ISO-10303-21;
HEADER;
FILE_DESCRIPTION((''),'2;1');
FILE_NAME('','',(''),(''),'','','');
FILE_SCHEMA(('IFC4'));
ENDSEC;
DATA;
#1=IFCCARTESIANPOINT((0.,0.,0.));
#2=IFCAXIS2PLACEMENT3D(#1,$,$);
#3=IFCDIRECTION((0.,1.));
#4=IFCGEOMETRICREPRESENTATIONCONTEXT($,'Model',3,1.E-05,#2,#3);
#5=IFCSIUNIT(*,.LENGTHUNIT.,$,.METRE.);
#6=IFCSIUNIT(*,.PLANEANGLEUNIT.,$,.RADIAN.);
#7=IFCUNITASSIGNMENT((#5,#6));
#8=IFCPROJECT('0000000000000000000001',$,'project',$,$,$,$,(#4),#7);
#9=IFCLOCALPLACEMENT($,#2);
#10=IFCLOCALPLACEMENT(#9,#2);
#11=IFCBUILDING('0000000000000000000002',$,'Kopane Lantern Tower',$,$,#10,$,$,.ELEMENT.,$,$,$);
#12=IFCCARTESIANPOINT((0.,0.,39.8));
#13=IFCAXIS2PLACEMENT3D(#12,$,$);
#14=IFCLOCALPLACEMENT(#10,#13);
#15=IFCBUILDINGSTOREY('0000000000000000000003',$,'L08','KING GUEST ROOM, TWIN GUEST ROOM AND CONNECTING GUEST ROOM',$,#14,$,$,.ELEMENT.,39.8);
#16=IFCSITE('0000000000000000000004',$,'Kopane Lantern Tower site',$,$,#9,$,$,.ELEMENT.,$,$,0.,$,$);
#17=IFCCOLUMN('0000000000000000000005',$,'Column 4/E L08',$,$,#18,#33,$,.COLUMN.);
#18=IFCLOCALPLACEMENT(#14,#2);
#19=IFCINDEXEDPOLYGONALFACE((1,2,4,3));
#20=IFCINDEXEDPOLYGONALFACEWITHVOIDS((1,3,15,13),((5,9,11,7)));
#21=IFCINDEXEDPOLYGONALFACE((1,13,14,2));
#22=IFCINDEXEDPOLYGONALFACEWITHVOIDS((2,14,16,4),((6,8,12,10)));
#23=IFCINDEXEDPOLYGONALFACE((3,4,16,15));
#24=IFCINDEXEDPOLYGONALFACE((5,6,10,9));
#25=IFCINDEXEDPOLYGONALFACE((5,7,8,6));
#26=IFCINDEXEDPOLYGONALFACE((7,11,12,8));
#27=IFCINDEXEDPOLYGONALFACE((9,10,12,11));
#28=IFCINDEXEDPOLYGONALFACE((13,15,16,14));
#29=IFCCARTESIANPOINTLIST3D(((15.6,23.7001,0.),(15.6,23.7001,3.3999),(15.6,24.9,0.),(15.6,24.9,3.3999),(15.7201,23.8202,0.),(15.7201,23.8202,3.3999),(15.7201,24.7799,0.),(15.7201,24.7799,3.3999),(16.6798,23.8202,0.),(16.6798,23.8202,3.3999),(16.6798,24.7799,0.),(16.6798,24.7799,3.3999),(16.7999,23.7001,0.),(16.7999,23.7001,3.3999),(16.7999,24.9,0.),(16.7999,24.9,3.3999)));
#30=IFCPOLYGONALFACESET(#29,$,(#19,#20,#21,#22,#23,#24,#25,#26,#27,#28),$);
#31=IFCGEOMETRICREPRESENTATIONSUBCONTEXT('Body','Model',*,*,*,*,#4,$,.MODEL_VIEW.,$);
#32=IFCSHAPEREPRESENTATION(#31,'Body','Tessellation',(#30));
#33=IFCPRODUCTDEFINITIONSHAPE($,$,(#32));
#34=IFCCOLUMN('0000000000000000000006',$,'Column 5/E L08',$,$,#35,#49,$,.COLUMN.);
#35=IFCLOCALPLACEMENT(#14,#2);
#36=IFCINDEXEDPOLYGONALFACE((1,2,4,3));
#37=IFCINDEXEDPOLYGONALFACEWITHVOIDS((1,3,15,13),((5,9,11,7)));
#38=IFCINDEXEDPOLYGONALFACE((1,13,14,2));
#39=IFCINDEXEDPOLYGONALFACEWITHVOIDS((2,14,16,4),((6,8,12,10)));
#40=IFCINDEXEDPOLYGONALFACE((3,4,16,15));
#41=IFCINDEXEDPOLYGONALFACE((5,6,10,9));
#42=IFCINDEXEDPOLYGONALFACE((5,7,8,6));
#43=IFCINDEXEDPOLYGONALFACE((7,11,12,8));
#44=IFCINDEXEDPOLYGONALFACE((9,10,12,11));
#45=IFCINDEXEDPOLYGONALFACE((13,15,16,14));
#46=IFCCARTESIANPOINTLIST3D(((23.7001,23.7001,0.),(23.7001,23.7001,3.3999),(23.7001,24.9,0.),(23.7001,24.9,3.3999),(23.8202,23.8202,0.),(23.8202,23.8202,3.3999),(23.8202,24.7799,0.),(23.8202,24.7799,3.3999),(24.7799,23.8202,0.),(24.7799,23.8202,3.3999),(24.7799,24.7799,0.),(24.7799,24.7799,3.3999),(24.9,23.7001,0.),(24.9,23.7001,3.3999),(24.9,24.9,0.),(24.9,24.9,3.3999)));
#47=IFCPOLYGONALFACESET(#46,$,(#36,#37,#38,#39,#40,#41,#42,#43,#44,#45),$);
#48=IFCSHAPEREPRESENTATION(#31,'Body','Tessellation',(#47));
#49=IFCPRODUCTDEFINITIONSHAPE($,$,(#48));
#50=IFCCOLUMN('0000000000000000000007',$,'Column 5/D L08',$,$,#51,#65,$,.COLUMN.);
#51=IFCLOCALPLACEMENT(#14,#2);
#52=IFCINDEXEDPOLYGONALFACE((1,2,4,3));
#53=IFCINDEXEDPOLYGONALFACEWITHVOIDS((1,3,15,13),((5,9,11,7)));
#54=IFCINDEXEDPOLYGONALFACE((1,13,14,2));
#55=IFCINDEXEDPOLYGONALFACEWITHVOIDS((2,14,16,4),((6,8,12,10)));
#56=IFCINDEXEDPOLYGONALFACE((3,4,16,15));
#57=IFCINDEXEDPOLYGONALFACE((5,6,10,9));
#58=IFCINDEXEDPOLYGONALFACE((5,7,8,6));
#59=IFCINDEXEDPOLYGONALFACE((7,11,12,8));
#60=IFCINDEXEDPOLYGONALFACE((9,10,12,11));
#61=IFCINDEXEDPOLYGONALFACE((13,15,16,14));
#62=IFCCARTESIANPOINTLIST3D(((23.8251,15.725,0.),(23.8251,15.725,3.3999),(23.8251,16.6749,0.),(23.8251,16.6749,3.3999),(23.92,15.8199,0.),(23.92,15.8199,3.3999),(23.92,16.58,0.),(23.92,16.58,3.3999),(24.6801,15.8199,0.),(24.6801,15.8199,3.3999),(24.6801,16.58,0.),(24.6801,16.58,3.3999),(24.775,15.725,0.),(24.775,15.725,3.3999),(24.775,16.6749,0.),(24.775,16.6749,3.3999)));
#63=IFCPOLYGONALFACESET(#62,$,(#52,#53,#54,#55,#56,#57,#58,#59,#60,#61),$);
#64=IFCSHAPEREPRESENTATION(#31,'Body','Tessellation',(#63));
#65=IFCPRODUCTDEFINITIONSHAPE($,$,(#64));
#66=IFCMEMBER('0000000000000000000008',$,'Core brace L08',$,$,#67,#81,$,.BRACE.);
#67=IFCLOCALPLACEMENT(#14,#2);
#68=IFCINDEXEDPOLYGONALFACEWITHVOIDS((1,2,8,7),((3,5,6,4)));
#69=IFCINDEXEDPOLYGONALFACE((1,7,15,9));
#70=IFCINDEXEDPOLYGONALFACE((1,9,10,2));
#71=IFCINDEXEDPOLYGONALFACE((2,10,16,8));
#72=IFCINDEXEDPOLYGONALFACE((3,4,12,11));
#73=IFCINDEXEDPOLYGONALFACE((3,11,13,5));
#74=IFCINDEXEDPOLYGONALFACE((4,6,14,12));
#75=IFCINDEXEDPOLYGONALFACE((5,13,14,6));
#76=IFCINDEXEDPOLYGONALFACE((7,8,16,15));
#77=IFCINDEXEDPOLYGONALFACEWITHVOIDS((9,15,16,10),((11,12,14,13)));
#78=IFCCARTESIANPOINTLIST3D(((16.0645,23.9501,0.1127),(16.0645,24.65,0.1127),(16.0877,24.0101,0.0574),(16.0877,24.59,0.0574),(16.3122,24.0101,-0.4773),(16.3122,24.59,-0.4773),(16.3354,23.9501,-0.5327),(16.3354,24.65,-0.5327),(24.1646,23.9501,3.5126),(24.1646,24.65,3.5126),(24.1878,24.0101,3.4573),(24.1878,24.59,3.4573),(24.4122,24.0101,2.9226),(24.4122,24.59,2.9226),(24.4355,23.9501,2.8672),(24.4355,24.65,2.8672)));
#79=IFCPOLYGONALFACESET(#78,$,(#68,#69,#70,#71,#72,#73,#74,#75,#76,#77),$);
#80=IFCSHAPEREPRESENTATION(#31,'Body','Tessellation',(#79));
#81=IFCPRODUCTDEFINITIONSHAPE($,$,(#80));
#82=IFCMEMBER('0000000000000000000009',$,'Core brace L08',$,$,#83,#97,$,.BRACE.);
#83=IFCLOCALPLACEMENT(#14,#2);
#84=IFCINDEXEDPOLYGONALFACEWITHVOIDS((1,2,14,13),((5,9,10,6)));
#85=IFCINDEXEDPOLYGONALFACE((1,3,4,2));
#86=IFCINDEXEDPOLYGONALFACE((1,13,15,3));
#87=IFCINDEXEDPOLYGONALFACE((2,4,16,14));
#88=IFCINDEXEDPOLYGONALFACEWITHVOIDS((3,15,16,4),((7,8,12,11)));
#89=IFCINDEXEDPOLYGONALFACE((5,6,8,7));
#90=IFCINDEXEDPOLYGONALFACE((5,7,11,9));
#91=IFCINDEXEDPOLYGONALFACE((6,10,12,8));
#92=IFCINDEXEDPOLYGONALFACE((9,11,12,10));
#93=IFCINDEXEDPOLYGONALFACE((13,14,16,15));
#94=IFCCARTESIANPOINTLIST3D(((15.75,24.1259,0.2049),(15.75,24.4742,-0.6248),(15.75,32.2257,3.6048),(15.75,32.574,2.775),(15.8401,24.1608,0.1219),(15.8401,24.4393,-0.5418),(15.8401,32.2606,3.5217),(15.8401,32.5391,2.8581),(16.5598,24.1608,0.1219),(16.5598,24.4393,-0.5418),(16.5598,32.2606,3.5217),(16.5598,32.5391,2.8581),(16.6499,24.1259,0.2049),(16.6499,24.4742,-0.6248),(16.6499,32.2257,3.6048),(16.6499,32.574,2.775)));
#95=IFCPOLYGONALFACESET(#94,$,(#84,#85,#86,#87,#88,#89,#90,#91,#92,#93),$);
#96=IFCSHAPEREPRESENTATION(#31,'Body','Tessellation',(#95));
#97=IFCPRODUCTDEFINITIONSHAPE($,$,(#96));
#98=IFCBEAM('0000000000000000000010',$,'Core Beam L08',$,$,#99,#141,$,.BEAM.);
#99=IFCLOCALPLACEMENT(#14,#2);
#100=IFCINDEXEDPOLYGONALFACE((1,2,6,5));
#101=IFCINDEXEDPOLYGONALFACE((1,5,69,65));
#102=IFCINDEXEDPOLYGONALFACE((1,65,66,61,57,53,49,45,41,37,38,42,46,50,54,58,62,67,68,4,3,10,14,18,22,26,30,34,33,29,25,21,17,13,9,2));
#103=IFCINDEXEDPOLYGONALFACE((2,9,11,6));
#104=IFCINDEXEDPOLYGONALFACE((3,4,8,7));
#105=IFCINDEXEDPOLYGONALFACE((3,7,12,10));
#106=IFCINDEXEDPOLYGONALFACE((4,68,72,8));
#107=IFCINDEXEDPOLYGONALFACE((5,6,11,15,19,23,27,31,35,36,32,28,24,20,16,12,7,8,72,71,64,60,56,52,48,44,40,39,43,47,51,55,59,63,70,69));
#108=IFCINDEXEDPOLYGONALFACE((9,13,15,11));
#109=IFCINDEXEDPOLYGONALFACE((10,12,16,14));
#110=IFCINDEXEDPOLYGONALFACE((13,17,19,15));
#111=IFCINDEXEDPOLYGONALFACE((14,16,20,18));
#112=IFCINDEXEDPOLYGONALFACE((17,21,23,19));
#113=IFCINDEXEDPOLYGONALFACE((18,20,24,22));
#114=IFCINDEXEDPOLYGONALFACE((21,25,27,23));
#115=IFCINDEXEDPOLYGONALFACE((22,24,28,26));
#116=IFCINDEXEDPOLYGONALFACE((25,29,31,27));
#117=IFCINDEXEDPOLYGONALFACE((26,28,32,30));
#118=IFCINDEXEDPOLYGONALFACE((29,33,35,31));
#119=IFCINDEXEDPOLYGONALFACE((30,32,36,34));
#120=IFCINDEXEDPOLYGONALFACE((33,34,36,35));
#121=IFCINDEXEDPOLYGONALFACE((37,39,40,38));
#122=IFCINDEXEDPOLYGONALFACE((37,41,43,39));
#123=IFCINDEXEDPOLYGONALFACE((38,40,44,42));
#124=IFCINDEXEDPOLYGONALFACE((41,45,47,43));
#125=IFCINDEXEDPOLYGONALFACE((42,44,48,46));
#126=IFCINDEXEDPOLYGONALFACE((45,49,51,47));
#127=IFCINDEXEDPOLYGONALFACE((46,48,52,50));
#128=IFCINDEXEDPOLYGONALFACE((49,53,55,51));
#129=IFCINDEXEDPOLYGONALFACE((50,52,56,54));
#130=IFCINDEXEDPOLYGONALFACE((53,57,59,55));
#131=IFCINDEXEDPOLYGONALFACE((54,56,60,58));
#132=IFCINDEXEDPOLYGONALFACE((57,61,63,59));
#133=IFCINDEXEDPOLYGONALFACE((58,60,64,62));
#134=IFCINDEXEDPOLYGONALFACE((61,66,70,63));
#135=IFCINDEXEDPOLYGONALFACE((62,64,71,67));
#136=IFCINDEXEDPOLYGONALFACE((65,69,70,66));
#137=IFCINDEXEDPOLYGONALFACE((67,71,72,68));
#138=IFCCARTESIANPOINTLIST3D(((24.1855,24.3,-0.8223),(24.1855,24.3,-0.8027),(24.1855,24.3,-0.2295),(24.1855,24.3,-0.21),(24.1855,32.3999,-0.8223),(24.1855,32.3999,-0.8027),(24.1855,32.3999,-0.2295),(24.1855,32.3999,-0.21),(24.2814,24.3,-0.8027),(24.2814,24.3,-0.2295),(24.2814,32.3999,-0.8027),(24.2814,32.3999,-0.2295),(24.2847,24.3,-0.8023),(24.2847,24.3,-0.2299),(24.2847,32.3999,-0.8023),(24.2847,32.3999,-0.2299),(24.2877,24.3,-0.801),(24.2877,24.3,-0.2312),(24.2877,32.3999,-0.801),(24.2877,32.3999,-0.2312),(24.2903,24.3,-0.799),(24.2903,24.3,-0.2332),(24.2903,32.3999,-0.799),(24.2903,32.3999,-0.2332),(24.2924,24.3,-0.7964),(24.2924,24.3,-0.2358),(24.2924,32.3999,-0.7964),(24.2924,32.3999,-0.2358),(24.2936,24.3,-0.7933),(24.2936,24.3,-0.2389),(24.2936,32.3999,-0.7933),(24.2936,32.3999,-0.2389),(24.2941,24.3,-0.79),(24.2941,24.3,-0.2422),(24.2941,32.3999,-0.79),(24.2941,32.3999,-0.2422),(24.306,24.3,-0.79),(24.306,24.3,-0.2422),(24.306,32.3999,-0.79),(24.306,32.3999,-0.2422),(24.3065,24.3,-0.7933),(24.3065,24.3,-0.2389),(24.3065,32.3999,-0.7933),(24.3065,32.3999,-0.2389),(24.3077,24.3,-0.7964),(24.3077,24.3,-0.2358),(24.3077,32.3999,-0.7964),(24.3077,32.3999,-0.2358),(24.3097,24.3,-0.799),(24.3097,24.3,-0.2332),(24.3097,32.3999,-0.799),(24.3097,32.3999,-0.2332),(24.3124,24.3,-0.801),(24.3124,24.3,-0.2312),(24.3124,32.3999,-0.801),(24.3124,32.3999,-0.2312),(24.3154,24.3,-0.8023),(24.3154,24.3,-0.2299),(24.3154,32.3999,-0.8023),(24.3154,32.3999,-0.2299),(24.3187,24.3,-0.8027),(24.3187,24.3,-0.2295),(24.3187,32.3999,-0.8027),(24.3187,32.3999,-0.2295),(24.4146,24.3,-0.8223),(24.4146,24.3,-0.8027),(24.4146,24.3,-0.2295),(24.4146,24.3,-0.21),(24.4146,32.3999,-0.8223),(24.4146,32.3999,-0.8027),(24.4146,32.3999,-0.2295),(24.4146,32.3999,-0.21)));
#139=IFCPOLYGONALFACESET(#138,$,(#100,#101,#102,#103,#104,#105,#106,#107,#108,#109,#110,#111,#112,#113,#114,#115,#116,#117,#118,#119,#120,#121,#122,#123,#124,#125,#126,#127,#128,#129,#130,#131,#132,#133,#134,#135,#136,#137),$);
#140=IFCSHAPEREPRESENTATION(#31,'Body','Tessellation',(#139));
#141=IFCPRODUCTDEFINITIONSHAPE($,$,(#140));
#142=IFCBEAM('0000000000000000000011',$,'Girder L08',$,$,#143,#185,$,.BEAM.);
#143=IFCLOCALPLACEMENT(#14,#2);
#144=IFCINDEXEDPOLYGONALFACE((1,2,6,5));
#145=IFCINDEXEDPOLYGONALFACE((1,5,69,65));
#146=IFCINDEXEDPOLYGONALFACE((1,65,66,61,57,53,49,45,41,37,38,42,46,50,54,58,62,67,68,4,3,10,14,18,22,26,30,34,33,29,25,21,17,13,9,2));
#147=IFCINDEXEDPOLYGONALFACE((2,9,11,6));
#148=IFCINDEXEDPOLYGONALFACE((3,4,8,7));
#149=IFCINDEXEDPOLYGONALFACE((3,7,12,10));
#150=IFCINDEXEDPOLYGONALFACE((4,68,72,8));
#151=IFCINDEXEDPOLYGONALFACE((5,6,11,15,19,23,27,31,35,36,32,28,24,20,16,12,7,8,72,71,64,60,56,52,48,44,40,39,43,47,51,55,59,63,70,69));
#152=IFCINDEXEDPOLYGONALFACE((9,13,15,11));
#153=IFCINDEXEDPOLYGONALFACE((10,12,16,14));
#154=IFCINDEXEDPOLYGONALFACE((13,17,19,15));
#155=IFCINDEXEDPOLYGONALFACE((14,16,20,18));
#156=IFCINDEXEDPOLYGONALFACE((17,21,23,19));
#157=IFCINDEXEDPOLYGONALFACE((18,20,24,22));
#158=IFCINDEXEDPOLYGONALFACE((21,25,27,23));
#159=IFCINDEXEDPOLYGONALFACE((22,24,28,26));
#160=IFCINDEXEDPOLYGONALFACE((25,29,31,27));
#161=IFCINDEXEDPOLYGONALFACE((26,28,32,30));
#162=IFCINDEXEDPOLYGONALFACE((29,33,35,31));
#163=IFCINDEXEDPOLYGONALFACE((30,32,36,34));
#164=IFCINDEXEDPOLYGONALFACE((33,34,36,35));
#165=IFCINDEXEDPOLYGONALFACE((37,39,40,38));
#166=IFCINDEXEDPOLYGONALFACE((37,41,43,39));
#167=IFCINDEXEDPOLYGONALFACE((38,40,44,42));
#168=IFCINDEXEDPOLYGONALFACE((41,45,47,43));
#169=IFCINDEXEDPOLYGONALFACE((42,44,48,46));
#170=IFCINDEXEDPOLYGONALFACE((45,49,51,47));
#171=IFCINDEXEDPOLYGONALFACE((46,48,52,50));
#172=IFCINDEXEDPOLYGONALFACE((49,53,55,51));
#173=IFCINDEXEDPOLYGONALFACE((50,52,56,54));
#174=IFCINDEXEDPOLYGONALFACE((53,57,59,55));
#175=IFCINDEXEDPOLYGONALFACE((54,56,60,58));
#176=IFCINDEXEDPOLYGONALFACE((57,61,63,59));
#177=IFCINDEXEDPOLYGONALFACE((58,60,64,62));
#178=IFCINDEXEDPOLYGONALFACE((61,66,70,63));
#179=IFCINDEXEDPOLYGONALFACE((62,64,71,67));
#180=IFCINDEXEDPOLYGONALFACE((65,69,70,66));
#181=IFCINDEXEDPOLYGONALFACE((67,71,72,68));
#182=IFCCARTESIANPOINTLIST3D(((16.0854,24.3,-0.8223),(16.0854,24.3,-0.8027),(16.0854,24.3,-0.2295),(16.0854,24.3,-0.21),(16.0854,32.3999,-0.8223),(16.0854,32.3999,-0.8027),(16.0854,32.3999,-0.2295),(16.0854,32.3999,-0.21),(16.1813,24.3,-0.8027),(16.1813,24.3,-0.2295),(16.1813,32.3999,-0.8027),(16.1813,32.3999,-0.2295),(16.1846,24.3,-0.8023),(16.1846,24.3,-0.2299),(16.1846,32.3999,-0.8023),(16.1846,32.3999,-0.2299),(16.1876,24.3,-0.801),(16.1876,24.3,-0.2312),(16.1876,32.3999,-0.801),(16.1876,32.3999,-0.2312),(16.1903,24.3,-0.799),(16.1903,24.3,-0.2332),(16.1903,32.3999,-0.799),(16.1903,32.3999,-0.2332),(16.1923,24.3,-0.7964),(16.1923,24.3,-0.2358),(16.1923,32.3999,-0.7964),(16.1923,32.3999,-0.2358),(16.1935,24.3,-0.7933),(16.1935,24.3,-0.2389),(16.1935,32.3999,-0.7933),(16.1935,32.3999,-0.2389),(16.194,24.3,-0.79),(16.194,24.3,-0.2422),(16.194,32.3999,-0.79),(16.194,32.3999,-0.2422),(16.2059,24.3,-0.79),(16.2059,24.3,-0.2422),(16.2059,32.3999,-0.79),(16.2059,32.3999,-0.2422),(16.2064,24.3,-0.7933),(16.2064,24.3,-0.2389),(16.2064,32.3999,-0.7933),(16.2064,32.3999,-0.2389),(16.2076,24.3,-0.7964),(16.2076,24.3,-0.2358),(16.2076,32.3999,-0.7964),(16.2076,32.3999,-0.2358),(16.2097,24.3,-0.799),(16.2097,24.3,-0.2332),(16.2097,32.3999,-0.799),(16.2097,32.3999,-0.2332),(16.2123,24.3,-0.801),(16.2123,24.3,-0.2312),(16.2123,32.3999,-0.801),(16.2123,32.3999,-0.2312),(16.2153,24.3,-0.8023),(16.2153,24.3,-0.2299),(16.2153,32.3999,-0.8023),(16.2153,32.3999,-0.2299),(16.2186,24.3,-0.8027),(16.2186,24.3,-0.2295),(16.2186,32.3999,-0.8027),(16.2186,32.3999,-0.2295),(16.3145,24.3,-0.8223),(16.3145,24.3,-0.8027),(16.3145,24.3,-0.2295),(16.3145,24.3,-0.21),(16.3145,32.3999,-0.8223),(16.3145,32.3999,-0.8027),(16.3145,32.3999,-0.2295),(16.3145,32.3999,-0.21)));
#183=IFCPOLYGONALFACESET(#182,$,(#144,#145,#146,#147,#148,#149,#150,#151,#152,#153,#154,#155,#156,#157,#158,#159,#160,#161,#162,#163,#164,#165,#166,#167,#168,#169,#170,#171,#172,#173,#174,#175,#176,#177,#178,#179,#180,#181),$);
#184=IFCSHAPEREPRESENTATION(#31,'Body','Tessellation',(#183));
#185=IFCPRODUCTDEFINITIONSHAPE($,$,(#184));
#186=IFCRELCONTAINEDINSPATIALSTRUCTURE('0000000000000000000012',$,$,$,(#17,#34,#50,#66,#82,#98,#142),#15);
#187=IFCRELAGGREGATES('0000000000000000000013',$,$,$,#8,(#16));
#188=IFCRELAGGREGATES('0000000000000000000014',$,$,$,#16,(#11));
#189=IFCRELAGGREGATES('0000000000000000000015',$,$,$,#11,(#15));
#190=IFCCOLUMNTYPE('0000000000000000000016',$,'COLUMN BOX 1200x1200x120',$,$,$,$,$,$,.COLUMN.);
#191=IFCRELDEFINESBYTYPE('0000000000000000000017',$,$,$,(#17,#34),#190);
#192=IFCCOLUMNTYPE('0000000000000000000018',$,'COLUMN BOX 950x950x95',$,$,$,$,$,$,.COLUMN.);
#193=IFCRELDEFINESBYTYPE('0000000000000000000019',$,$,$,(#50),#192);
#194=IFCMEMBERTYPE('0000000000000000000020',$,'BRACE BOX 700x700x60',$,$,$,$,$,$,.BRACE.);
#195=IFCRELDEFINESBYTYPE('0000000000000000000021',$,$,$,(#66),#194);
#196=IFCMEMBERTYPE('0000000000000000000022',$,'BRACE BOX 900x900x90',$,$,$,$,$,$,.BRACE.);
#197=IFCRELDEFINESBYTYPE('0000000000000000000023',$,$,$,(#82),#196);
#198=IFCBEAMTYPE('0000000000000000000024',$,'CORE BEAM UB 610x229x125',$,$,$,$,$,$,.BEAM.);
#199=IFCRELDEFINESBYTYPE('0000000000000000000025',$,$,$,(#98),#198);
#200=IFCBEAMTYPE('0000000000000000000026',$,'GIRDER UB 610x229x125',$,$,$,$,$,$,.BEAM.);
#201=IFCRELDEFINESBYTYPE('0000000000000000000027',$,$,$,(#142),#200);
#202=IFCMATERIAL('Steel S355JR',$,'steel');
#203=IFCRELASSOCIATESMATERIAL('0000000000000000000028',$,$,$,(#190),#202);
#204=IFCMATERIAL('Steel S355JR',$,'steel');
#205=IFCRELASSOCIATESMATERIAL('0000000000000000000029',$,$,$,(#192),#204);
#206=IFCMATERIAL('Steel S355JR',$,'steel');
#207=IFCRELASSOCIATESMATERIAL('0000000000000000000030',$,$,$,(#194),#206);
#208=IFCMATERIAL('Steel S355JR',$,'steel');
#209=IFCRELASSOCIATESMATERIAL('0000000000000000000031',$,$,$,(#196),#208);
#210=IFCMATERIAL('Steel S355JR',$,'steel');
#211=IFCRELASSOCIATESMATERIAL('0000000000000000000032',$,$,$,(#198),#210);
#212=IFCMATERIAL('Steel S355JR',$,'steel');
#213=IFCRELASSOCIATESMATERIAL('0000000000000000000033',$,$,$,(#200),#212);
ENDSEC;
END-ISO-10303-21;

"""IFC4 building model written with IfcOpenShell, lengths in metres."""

from ifc_helpers import new_model, si_unit, direction, frame, origin, origin_2d, place, context, subcontext, project, spatial, hollow_rectangle, i_section, extrude, material, material_profile, profile_set, type_object, element, save


model = new_model("IFC4")

# Units and contexts
model_context = context("Model", 3, precision=1e-05, world=origin(), true_north=direction((0.0, 1.0)))
body_context = subcontext(model_context, "Body", "Model", "MODEL_VIEW")
ifc_project = project(units=[si_unit("LENGTHUNIT", "METRE"), si_unit("PLANEANGLEUNIT", "RADIAN")], contexts=[model_context])

# Site, building, storey
site_placement = place(None, origin())
site = spatial("IfcSite", under=ifc_project, at=site_placement, Name="Kopane Lantern Tower site", CompositionType="ELEMENT", RefElevation=0.0)
building_placement = place(site_placement, origin())
building = spatial("IfcBuilding", under=site, at=building_placement, Name="Kopane Lantern Tower", CompositionType="ELEMENT")
storey_placement = place(building_placement, frame((0.0, 0.0, 39.8)))
storey = spatial("IfcBuildingStorey", under=building, at=storey_placement, Name="L08", Description="KING GUEST ROOM, TWIN GUEST ROOM AND CONNECTING GUEST ROOM", CompositionType="ELEMENT", Elevation=39.8)

# Columns
ifc_material_1 = material(Name="Steel S355JR", Category="steel")
ifc_material_profile_1 = material_profile(ifc_material_1, hollow_rectangle(XDim=1.2, YDim=1.2, WallThickness=0.1201, at=origin_2d()), Name="BOX 1200x1200x120")
ifc_profile_set_1 = profile_set([ifc_material_profile_1], Name="Steel S355JR")
column_type_1 = type_object("IfcColumnType", Name="COLUMN BOX 1200x1200x120", PredefinedType="COLUMN", material=ifc_profile_set_1)
for number, where, z_axis, x_axis, name in (
    (1, (16.2, 24.3, 0.0), (0.0, 0.0, 1.0), (1.0, 0.0, 0.0), "Column 4/E L08"),
    (2, (24.3, 24.3, 0.0), (0.0, 0.0, 1.0), (1.0, 0.0, 0.0), "Column 5/E L08"),
):
    element("IfcColumn", number, at=place(storey_placement, frame(where, z_axis=z_axis, x_axis=x_axis)), inside=storey, type_object=column_type_1, Name=name, PredefinedType="COLUMN", context=body_context, shape_type="SweptSolid", body=[
        extrude(hollow_rectangle(XDim=1.2, YDim=1.2, WallThickness=0.1201, at=origin_2d()), origin(), (0.0, 0.0, 1.0), 3.3999),
    ])
ifc_material_2 = material(Name="Steel S355JR", Category="steel")
ifc_material_profile_2 = material_profile(ifc_material_2, hollow_rectangle(XDim=0.95, YDim=0.95, WallThickness=0.095, at=origin_2d()), Name="BOX 950x950x95")
ifc_profile_set_2 = profile_set([ifc_material_profile_2], Name="Steel S355JR")
column_type_2 = type_object("IfcColumnType", Name="COLUMN BOX 950x950x95", PredefinedType="COLUMN", material=ifc_profile_set_2)
column_placement = place(storey_placement, frame((24.3, 16.2, 0.0), z_axis=(0.0, 0.0, 1.0), x_axis=(1.0, 0.0, 0.0)))
element("IfcColumn", 3, at=column_placement, inside=storey, type_object=column_type_2, Name="Column 5/D L08", PredefinedType="COLUMN", context=body_context, shape_type="SweptSolid", body=[
    extrude(hollow_rectangle(XDim=0.95, YDim=0.95, WallThickness=0.095, at=origin_2d()), origin(), (0.0, 0.0, 1.0), 3.3999),
])

# Members
ifc_material_3 = material(Name="Steel S355JR", Category="steel")
ifc_material_profile_3 = material_profile(ifc_material_3, hollow_rectangle(XDim=0.7, YDim=0.7, WallThickness=0.0601, at=origin_2d()), Name="BOX 700x700x60")
ifc_profile_set_3 = profile_set([ifc_material_profile_3], Name="Steel S355JR")
member_type_1 = type_object("IfcMemberType", Name="BRACE BOX 700x700x60", PredefinedType="BRACE", material=ifc_profile_set_3)
member_1_placement = place(storey_placement, frame((16.2, 24.3, -0.21), z_axis=(0.922069, 0.0, 0.387026), x_axis=(0.0, 1.0, 0.0)))
element("IfcMember", 4, at=member_1_placement, inside=storey, type_object=member_type_1, Name="Core brace L08", PredefinedType="BRACE", context=body_context, shape_type="SweptSolid", body=[
    extrude(hollow_rectangle(XDim=0.7, YDim=0.7, WallThickness=0.0601, at=origin_2d()), origin(), (0.0, 0.0, 1.0), 8.7847),
])
ifc_material_4 = material(Name="Steel S355JR", Category="steel")
ifc_material_profile_4 = material_profile(ifc_material_4, hollow_rectangle(XDim=0.8999, YDim=0.8999, WallThickness=0.0901, at=origin_2d()), Name="BOX 900x900x90")
ifc_profile_set_4 = profile_set([ifc_material_profile_4], Name="Steel S355JR")
member_type_2 = type_object("IfcMemberType", Name="BRACE BOX 900x900x90", PredefinedType="BRACE", material=ifc_profile_set_4)
member_2_placement = place(storey_placement, frame((16.2, 24.3, -0.21), z_axis=(0.0, 0.922065, 0.387035), x_axis=(-1.0, 0.0, 0.0)))
element("IfcMember", 5, at=member_2_placement, inside=storey, type_object=member_type_2, Name="Core brace L08", PredefinedType="BRACE", context=body_context, shape_type="SweptSolid", body=[
    extrude(hollow_rectangle(XDim=0.8999, YDim=0.8999, WallThickness=0.0901, at=origin_2d()), origin(), (0.0, 0.0, 1.0), 8.7844),
])

# Beams
ifc_material_5 = material(Name="Steel S355JR", Category="steel")
ifc_material_profile_5 = material_profile(ifc_material_5, i_section(OverallWidth=0.229, OverallDepth=0.6123, WebThickness=0.012, FlangeThickness=0.0195, FilletRadius=0.0127, at=origin_2d()), Name="UB 610x229x125")
ifc_profile_set_5 = profile_set([ifc_material_profile_5], Name="Steel S355JR")
beam_type_1 = type_object("IfcBeamType", Name="CORE BEAM UB 610x229x125", PredefinedType="BEAM", material=ifc_profile_set_5)
beam_1_placement = place(storey_placement, frame((24.3, 24.3, -0.5161), z_axis=(0.0, 1.0, 0.0), x_axis=(-1.0, 0.0, 0.0)))
element("IfcBeam", 6, at=beam_1_placement, inside=storey, type_object=beam_type_1, Name="Core Beam L08", PredefinedType="BEAM", context=body_context, shape_type="SweptSolid", body=[
    extrude(i_section(OverallWidth=0.229, OverallDepth=0.6123, WebThickness=0.012, FlangeThickness=0.0195, FilletRadius=0.0127, at=origin_2d()), origin(), (0.0, 0.0, 1.0), 8.0999),
])
ifc_material_6 = material(Name="Steel S355JR", Category="steel")
ifc_material_profile_6 = material_profile(ifc_material_6, i_section(OverallWidth=0.229, OverallDepth=0.6123, WebThickness=0.012, FlangeThickness=0.0195, FilletRadius=0.0127, at=origin_2d()), Name="UB 610x229x125")
ifc_profile_set_6 = profile_set([ifc_material_profile_6], Name="Steel S355JR")
beam_type_2 = type_object("IfcBeamType", Name="GIRDER UB 610x229x125", PredefinedType="BEAM", material=ifc_profile_set_6)
beam_2_placement = place(storey_placement, frame((16.2, 24.3, -0.5161), z_axis=(0.0, 1.0, 0.0), x_axis=(-1.0, 0.0, 0.0)))
element("IfcBeam", 7, at=beam_2_placement, inside=storey, type_object=beam_type_2, Name="Girder L08", PredefinedType="BEAM", context=body_context, shape_type="SweptSolid", body=[
    extrude(i_section(OverallWidth=0.229, OverallDepth=0.6123, WebThickness=0.012, FlangeThickness=0.0195, FilletRadius=0.0127, at=origin_2d()), origin(), (0.0, 0.0, 1.0), 8.0999),
])

save(model, "model.ifc")
